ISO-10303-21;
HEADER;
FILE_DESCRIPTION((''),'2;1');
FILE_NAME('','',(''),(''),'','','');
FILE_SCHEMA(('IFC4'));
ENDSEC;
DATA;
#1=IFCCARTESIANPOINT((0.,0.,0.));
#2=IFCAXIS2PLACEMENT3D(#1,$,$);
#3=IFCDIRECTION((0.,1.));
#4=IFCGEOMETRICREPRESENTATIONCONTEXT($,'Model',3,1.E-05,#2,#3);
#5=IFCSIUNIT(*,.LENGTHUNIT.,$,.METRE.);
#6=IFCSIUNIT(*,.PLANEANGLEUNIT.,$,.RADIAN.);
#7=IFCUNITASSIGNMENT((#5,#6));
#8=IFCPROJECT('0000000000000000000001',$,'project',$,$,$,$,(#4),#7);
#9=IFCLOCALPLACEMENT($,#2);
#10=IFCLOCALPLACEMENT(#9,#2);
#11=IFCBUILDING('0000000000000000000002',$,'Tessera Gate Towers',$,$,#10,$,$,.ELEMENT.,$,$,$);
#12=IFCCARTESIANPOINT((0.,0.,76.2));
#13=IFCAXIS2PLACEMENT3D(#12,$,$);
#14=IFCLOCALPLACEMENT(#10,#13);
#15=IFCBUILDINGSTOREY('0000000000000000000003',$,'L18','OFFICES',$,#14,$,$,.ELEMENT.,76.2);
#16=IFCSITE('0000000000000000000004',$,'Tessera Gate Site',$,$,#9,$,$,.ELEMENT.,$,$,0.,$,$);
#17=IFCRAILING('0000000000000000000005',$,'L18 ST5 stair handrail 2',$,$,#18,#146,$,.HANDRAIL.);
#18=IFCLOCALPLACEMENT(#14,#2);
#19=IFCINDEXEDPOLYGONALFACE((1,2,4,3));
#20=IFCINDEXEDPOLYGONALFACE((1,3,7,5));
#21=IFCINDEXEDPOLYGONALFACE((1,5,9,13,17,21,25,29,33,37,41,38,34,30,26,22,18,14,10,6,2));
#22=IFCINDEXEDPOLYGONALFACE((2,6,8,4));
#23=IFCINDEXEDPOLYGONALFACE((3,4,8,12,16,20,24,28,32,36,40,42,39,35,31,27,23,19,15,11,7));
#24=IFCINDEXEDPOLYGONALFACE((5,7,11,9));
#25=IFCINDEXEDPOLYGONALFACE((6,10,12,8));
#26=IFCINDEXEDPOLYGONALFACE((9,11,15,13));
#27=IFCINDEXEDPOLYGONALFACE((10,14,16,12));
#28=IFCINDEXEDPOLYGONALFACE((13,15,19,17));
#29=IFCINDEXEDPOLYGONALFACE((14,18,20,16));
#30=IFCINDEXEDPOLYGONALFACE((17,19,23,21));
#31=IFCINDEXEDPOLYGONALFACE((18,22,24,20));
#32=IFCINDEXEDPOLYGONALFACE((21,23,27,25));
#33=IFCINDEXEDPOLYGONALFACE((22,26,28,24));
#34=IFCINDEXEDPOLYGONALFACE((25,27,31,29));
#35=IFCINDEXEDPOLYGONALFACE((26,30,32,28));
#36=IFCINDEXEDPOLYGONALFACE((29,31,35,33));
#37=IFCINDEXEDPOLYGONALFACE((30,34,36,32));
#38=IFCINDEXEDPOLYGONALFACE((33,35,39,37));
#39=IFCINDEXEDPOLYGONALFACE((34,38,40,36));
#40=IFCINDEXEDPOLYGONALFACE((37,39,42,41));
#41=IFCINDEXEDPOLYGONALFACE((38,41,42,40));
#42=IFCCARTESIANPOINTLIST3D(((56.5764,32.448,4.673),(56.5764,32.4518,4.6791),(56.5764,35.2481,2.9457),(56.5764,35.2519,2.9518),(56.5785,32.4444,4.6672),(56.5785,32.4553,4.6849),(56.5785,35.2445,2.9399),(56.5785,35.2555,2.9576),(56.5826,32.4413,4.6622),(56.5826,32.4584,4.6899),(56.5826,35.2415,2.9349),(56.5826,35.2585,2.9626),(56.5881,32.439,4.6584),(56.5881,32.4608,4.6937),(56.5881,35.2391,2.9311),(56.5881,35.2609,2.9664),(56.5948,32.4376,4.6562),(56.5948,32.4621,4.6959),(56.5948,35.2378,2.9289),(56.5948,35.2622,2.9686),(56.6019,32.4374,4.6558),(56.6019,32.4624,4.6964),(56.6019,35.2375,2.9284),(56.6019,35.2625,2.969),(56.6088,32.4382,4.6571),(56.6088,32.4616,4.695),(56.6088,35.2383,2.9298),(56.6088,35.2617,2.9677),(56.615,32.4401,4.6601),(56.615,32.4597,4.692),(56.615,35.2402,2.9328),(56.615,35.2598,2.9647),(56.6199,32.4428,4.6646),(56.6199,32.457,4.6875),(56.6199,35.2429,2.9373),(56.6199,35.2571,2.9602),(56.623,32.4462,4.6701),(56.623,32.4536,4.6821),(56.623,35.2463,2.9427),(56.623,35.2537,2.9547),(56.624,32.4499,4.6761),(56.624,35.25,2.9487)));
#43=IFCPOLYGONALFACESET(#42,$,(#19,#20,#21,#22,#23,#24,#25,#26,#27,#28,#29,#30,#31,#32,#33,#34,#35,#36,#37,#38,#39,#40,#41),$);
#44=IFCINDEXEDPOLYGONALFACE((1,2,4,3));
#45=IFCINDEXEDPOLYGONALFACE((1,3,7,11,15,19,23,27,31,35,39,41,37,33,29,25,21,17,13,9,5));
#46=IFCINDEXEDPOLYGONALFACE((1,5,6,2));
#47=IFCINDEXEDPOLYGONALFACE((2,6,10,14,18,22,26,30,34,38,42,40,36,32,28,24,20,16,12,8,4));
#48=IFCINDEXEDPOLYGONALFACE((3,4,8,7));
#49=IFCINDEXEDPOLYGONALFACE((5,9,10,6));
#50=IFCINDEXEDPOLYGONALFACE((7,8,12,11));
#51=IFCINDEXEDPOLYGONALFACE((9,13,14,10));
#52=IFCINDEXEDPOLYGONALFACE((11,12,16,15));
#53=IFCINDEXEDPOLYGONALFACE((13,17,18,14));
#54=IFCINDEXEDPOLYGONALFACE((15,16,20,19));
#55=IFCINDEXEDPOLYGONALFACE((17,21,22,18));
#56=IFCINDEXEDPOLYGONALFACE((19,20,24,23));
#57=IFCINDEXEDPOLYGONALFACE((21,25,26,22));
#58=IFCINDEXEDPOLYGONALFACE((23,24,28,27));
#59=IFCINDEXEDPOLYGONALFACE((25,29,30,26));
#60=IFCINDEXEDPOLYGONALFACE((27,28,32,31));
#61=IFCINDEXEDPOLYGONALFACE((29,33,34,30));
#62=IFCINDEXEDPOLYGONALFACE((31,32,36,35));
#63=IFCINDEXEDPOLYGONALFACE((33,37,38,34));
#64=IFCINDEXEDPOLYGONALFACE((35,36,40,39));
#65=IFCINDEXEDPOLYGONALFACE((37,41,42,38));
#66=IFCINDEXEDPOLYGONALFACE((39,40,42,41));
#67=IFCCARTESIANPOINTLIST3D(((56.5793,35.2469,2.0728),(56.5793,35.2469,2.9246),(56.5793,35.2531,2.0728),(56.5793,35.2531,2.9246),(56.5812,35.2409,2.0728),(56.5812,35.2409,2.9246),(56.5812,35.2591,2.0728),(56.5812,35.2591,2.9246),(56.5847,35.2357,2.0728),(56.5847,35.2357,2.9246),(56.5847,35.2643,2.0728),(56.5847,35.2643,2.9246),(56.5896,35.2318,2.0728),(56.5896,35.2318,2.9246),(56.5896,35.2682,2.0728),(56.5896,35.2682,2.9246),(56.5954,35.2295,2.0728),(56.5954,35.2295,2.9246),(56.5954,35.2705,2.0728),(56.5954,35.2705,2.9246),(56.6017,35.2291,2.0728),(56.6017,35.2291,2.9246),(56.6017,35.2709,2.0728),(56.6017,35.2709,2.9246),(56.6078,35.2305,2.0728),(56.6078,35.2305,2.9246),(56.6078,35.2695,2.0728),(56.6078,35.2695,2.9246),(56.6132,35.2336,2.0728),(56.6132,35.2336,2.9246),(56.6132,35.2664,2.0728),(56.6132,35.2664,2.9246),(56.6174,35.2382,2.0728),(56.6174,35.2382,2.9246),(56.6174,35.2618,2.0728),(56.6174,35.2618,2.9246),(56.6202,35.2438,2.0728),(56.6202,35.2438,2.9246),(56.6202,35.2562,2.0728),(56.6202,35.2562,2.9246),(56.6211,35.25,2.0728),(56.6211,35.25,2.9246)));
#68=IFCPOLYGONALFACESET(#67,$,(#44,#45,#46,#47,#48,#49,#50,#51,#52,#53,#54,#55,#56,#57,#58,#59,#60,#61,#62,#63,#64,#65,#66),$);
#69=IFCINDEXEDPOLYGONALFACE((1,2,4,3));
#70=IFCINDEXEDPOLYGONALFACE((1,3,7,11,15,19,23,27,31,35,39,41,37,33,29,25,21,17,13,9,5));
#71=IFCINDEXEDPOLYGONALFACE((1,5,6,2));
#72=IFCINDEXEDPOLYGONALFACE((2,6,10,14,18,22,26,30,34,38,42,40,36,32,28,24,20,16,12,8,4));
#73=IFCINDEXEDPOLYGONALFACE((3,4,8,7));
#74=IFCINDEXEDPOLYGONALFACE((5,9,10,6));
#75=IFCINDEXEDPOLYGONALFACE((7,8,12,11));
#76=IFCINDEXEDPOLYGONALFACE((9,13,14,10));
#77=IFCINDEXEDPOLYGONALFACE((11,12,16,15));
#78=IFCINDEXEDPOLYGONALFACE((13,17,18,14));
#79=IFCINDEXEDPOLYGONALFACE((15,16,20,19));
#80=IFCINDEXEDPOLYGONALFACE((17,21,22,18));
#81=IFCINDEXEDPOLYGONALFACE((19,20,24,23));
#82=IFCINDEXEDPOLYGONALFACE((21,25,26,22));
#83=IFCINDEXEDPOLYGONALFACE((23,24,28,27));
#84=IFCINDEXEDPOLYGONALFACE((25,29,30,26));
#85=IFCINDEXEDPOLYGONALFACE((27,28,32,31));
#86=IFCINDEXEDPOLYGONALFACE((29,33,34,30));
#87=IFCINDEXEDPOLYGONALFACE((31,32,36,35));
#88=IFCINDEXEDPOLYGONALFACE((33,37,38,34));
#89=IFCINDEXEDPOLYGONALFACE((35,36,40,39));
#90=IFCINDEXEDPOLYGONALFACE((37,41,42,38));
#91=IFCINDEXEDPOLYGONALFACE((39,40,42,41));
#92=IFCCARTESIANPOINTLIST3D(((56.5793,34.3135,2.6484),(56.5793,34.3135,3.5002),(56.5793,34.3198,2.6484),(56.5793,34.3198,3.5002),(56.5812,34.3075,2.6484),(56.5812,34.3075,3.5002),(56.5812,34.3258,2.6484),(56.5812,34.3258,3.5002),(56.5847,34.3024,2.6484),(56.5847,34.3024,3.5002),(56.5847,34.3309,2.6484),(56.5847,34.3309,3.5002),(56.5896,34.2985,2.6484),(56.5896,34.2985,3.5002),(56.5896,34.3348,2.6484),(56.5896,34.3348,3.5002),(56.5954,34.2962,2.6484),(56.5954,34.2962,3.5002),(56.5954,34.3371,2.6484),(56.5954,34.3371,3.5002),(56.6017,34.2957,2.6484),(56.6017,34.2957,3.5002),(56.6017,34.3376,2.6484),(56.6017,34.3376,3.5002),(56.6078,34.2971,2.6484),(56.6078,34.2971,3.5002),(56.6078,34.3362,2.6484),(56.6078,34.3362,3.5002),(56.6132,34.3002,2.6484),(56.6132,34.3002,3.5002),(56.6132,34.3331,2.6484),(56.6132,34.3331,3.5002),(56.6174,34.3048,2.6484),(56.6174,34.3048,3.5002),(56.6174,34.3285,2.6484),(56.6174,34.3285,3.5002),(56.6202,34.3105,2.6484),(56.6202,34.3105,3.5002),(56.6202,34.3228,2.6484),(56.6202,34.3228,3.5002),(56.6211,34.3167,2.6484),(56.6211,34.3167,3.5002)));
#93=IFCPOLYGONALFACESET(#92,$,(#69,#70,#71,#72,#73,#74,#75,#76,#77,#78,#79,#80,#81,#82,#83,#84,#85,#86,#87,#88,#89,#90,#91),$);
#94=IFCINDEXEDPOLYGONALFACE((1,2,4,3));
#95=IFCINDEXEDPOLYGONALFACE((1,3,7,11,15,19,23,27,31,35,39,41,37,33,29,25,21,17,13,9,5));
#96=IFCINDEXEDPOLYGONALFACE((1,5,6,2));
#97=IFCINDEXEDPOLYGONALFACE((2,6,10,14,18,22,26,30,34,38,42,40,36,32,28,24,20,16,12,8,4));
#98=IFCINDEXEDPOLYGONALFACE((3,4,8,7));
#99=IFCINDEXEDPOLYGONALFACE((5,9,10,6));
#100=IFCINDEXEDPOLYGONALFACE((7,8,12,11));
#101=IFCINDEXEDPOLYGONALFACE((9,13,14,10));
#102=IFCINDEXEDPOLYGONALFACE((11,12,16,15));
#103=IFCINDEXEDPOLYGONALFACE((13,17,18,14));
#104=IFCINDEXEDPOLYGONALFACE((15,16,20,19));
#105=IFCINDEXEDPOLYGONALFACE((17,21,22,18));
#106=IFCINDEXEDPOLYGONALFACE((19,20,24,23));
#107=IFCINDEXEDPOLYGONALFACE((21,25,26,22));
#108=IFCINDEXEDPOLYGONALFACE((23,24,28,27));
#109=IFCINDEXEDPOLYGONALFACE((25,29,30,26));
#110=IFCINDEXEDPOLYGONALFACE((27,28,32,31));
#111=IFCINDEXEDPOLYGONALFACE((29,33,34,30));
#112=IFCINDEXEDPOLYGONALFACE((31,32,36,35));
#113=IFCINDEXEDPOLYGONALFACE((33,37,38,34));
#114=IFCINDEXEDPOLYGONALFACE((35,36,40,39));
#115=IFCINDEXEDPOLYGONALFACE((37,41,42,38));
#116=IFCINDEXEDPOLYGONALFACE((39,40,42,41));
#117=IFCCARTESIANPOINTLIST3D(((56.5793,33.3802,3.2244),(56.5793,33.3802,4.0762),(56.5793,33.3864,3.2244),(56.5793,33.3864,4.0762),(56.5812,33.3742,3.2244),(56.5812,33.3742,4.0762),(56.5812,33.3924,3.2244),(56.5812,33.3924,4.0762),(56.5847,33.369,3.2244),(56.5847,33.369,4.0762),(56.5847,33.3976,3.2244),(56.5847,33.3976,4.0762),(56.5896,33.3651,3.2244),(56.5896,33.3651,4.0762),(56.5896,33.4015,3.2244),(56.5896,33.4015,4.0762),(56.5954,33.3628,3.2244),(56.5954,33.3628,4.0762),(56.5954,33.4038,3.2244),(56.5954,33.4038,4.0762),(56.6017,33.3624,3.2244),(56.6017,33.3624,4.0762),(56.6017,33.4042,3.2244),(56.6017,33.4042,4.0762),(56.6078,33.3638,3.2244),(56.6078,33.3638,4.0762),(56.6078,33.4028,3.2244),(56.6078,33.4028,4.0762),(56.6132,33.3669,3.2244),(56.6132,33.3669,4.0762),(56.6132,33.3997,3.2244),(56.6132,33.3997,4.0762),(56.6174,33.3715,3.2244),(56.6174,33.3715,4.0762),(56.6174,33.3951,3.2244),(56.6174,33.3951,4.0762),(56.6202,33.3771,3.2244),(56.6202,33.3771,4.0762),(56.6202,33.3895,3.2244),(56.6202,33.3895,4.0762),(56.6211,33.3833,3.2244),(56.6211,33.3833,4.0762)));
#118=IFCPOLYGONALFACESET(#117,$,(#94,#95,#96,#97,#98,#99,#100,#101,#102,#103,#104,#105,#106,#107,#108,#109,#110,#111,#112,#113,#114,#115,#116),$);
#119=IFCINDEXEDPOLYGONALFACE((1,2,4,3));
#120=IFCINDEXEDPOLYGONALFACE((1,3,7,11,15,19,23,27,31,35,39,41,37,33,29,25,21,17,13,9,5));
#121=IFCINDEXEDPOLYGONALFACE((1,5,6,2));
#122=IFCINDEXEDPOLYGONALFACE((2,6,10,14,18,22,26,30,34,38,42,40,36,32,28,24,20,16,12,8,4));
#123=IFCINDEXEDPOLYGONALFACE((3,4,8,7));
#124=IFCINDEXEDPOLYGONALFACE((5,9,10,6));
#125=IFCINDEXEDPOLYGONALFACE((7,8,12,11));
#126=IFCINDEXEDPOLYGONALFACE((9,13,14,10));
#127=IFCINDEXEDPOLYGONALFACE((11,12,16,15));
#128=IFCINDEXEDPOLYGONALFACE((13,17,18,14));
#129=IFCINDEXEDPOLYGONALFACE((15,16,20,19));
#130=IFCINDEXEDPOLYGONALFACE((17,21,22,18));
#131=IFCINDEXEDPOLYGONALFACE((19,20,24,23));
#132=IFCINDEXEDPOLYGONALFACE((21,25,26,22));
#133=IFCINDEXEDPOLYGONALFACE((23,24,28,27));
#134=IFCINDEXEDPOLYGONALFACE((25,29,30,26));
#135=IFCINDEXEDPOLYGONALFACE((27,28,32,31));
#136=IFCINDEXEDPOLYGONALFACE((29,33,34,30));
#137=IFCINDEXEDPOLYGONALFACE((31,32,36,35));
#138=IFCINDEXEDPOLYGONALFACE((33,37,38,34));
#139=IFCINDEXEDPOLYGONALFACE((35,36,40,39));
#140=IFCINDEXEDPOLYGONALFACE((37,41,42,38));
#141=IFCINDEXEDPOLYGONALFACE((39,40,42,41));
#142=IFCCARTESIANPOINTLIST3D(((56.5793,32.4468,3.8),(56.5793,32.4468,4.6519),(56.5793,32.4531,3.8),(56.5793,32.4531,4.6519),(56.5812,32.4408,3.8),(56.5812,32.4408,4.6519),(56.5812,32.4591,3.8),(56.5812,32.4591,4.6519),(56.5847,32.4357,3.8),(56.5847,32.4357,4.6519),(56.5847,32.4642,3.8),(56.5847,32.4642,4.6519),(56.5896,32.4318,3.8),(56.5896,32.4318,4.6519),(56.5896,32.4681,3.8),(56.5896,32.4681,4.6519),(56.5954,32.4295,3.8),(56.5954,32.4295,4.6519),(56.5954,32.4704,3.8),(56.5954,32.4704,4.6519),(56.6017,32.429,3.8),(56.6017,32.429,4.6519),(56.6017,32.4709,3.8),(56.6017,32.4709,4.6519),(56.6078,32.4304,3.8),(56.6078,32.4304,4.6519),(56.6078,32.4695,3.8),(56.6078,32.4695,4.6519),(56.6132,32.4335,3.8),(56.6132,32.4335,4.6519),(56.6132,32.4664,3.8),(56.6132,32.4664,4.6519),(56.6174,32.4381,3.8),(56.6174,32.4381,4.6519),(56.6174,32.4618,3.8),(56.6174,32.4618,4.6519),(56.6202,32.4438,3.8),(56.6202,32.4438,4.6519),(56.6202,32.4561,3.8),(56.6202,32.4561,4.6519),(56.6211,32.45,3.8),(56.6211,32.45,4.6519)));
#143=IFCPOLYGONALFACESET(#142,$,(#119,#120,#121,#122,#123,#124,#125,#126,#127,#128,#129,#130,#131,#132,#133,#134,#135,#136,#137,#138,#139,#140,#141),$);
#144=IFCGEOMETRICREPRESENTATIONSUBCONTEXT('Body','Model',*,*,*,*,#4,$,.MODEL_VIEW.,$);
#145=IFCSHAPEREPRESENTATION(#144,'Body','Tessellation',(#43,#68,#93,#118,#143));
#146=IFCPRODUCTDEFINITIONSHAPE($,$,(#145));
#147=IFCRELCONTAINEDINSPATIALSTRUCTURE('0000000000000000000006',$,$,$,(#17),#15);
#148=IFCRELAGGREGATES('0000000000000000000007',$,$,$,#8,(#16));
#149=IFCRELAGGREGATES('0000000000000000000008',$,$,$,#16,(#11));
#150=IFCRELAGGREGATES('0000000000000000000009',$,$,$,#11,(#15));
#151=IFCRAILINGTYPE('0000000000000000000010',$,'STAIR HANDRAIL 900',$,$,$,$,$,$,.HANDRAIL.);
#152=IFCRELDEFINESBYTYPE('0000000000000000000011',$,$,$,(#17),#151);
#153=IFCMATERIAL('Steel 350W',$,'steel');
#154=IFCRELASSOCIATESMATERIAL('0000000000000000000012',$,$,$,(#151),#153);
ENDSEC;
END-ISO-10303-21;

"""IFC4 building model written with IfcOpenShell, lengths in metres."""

from ifc_helpers import new_model, si_unit, direction, frame, origin, origin_2d, place, context, subcontext, project, spatial, circle, extrude, material, type_object, element, save


model = new_model("IFC4")

# Units and contexts
model_context = context("Model", 3, precision=1e-05, world=origin(), true_north=direction((0.0, 1.0)))
body_context = subcontext(model_context, "Body", "Model", "MODEL_VIEW")
ifc_project = project(units=[si_unit("LENGTHUNIT", "METRE"), si_unit("PLANEANGLEUNIT", "RADIAN")], contexts=[model_context])

# Site, building, storey
site_placement = place(None, origin())
site = spatial("IfcSite", under=ifc_project, at=site_placement, Name="Tessera Gate Site", CompositionType="ELEMENT", RefElevation=0.0)
building_placement = place(site_placement, origin())
building = spatial("IfcBuilding", under=site, at=building_placement, Name="Tessera Gate Towers", CompositionType="ELEMENT")
storey_placement = place(building_placement, frame((0.0, 0.0, 76.2)))
storey = spatial("IfcBuildingStorey", under=building, at=storey_placement, Name="L18", Description="OFFICES", CompositionType="ELEMENT", Elevation=76.2)

# Railing
ifc_material_1 = material(Name="Steel 350W", Category="steel")
railing_type = type_object("IfcRailingType", Name="STAIR HANDRAIL 900", PredefinedType="HANDRAIL", material=ifc_material_1)
railing_placement = place(storey_placement, frame((56.6001, 35.25, 2.0728)))
element("IfcRailing", 1, at=railing_placement, inside=storey, type_object=railing_type, Name="L18 ST5 stair handrail 2", PredefinedType="HANDRAIL", context=body_context, shape_type="SweptSolid", body=[
    extrude(circle(Radius=0.0239, at=origin_2d()), frame((0.0, 0.0, 0.876), z_axis=(0.0, -0.85109, 0.52502), x_axis=(1.0, 0.0, 0.0)), (0.0, 0.0, 1.0), 3.29),
    extrude(circle(Radius=0.021, at=origin_2d()), origin(), (0.0, 0.0, 1.0), 0.8518),
    extrude(circle(Radius=0.021, at=origin_2d()), frame((0.0, -0.9333, 0.5757)), (0.0, 0.0, 1.0), 0.8518),
    extrude(circle(Radius=0.021, at=origin_2d()), frame((0.0, -1.8667, 1.1516)), (0.0, 0.0, 1.0), 0.8518),
    extrude(circle(Radius=0.021, at=origin_2d()), frame((0.0, -2.8, 1.7273)), (0.0, 0.0, 1.0), 0.8518),
])

save(model, "model.ifc")
